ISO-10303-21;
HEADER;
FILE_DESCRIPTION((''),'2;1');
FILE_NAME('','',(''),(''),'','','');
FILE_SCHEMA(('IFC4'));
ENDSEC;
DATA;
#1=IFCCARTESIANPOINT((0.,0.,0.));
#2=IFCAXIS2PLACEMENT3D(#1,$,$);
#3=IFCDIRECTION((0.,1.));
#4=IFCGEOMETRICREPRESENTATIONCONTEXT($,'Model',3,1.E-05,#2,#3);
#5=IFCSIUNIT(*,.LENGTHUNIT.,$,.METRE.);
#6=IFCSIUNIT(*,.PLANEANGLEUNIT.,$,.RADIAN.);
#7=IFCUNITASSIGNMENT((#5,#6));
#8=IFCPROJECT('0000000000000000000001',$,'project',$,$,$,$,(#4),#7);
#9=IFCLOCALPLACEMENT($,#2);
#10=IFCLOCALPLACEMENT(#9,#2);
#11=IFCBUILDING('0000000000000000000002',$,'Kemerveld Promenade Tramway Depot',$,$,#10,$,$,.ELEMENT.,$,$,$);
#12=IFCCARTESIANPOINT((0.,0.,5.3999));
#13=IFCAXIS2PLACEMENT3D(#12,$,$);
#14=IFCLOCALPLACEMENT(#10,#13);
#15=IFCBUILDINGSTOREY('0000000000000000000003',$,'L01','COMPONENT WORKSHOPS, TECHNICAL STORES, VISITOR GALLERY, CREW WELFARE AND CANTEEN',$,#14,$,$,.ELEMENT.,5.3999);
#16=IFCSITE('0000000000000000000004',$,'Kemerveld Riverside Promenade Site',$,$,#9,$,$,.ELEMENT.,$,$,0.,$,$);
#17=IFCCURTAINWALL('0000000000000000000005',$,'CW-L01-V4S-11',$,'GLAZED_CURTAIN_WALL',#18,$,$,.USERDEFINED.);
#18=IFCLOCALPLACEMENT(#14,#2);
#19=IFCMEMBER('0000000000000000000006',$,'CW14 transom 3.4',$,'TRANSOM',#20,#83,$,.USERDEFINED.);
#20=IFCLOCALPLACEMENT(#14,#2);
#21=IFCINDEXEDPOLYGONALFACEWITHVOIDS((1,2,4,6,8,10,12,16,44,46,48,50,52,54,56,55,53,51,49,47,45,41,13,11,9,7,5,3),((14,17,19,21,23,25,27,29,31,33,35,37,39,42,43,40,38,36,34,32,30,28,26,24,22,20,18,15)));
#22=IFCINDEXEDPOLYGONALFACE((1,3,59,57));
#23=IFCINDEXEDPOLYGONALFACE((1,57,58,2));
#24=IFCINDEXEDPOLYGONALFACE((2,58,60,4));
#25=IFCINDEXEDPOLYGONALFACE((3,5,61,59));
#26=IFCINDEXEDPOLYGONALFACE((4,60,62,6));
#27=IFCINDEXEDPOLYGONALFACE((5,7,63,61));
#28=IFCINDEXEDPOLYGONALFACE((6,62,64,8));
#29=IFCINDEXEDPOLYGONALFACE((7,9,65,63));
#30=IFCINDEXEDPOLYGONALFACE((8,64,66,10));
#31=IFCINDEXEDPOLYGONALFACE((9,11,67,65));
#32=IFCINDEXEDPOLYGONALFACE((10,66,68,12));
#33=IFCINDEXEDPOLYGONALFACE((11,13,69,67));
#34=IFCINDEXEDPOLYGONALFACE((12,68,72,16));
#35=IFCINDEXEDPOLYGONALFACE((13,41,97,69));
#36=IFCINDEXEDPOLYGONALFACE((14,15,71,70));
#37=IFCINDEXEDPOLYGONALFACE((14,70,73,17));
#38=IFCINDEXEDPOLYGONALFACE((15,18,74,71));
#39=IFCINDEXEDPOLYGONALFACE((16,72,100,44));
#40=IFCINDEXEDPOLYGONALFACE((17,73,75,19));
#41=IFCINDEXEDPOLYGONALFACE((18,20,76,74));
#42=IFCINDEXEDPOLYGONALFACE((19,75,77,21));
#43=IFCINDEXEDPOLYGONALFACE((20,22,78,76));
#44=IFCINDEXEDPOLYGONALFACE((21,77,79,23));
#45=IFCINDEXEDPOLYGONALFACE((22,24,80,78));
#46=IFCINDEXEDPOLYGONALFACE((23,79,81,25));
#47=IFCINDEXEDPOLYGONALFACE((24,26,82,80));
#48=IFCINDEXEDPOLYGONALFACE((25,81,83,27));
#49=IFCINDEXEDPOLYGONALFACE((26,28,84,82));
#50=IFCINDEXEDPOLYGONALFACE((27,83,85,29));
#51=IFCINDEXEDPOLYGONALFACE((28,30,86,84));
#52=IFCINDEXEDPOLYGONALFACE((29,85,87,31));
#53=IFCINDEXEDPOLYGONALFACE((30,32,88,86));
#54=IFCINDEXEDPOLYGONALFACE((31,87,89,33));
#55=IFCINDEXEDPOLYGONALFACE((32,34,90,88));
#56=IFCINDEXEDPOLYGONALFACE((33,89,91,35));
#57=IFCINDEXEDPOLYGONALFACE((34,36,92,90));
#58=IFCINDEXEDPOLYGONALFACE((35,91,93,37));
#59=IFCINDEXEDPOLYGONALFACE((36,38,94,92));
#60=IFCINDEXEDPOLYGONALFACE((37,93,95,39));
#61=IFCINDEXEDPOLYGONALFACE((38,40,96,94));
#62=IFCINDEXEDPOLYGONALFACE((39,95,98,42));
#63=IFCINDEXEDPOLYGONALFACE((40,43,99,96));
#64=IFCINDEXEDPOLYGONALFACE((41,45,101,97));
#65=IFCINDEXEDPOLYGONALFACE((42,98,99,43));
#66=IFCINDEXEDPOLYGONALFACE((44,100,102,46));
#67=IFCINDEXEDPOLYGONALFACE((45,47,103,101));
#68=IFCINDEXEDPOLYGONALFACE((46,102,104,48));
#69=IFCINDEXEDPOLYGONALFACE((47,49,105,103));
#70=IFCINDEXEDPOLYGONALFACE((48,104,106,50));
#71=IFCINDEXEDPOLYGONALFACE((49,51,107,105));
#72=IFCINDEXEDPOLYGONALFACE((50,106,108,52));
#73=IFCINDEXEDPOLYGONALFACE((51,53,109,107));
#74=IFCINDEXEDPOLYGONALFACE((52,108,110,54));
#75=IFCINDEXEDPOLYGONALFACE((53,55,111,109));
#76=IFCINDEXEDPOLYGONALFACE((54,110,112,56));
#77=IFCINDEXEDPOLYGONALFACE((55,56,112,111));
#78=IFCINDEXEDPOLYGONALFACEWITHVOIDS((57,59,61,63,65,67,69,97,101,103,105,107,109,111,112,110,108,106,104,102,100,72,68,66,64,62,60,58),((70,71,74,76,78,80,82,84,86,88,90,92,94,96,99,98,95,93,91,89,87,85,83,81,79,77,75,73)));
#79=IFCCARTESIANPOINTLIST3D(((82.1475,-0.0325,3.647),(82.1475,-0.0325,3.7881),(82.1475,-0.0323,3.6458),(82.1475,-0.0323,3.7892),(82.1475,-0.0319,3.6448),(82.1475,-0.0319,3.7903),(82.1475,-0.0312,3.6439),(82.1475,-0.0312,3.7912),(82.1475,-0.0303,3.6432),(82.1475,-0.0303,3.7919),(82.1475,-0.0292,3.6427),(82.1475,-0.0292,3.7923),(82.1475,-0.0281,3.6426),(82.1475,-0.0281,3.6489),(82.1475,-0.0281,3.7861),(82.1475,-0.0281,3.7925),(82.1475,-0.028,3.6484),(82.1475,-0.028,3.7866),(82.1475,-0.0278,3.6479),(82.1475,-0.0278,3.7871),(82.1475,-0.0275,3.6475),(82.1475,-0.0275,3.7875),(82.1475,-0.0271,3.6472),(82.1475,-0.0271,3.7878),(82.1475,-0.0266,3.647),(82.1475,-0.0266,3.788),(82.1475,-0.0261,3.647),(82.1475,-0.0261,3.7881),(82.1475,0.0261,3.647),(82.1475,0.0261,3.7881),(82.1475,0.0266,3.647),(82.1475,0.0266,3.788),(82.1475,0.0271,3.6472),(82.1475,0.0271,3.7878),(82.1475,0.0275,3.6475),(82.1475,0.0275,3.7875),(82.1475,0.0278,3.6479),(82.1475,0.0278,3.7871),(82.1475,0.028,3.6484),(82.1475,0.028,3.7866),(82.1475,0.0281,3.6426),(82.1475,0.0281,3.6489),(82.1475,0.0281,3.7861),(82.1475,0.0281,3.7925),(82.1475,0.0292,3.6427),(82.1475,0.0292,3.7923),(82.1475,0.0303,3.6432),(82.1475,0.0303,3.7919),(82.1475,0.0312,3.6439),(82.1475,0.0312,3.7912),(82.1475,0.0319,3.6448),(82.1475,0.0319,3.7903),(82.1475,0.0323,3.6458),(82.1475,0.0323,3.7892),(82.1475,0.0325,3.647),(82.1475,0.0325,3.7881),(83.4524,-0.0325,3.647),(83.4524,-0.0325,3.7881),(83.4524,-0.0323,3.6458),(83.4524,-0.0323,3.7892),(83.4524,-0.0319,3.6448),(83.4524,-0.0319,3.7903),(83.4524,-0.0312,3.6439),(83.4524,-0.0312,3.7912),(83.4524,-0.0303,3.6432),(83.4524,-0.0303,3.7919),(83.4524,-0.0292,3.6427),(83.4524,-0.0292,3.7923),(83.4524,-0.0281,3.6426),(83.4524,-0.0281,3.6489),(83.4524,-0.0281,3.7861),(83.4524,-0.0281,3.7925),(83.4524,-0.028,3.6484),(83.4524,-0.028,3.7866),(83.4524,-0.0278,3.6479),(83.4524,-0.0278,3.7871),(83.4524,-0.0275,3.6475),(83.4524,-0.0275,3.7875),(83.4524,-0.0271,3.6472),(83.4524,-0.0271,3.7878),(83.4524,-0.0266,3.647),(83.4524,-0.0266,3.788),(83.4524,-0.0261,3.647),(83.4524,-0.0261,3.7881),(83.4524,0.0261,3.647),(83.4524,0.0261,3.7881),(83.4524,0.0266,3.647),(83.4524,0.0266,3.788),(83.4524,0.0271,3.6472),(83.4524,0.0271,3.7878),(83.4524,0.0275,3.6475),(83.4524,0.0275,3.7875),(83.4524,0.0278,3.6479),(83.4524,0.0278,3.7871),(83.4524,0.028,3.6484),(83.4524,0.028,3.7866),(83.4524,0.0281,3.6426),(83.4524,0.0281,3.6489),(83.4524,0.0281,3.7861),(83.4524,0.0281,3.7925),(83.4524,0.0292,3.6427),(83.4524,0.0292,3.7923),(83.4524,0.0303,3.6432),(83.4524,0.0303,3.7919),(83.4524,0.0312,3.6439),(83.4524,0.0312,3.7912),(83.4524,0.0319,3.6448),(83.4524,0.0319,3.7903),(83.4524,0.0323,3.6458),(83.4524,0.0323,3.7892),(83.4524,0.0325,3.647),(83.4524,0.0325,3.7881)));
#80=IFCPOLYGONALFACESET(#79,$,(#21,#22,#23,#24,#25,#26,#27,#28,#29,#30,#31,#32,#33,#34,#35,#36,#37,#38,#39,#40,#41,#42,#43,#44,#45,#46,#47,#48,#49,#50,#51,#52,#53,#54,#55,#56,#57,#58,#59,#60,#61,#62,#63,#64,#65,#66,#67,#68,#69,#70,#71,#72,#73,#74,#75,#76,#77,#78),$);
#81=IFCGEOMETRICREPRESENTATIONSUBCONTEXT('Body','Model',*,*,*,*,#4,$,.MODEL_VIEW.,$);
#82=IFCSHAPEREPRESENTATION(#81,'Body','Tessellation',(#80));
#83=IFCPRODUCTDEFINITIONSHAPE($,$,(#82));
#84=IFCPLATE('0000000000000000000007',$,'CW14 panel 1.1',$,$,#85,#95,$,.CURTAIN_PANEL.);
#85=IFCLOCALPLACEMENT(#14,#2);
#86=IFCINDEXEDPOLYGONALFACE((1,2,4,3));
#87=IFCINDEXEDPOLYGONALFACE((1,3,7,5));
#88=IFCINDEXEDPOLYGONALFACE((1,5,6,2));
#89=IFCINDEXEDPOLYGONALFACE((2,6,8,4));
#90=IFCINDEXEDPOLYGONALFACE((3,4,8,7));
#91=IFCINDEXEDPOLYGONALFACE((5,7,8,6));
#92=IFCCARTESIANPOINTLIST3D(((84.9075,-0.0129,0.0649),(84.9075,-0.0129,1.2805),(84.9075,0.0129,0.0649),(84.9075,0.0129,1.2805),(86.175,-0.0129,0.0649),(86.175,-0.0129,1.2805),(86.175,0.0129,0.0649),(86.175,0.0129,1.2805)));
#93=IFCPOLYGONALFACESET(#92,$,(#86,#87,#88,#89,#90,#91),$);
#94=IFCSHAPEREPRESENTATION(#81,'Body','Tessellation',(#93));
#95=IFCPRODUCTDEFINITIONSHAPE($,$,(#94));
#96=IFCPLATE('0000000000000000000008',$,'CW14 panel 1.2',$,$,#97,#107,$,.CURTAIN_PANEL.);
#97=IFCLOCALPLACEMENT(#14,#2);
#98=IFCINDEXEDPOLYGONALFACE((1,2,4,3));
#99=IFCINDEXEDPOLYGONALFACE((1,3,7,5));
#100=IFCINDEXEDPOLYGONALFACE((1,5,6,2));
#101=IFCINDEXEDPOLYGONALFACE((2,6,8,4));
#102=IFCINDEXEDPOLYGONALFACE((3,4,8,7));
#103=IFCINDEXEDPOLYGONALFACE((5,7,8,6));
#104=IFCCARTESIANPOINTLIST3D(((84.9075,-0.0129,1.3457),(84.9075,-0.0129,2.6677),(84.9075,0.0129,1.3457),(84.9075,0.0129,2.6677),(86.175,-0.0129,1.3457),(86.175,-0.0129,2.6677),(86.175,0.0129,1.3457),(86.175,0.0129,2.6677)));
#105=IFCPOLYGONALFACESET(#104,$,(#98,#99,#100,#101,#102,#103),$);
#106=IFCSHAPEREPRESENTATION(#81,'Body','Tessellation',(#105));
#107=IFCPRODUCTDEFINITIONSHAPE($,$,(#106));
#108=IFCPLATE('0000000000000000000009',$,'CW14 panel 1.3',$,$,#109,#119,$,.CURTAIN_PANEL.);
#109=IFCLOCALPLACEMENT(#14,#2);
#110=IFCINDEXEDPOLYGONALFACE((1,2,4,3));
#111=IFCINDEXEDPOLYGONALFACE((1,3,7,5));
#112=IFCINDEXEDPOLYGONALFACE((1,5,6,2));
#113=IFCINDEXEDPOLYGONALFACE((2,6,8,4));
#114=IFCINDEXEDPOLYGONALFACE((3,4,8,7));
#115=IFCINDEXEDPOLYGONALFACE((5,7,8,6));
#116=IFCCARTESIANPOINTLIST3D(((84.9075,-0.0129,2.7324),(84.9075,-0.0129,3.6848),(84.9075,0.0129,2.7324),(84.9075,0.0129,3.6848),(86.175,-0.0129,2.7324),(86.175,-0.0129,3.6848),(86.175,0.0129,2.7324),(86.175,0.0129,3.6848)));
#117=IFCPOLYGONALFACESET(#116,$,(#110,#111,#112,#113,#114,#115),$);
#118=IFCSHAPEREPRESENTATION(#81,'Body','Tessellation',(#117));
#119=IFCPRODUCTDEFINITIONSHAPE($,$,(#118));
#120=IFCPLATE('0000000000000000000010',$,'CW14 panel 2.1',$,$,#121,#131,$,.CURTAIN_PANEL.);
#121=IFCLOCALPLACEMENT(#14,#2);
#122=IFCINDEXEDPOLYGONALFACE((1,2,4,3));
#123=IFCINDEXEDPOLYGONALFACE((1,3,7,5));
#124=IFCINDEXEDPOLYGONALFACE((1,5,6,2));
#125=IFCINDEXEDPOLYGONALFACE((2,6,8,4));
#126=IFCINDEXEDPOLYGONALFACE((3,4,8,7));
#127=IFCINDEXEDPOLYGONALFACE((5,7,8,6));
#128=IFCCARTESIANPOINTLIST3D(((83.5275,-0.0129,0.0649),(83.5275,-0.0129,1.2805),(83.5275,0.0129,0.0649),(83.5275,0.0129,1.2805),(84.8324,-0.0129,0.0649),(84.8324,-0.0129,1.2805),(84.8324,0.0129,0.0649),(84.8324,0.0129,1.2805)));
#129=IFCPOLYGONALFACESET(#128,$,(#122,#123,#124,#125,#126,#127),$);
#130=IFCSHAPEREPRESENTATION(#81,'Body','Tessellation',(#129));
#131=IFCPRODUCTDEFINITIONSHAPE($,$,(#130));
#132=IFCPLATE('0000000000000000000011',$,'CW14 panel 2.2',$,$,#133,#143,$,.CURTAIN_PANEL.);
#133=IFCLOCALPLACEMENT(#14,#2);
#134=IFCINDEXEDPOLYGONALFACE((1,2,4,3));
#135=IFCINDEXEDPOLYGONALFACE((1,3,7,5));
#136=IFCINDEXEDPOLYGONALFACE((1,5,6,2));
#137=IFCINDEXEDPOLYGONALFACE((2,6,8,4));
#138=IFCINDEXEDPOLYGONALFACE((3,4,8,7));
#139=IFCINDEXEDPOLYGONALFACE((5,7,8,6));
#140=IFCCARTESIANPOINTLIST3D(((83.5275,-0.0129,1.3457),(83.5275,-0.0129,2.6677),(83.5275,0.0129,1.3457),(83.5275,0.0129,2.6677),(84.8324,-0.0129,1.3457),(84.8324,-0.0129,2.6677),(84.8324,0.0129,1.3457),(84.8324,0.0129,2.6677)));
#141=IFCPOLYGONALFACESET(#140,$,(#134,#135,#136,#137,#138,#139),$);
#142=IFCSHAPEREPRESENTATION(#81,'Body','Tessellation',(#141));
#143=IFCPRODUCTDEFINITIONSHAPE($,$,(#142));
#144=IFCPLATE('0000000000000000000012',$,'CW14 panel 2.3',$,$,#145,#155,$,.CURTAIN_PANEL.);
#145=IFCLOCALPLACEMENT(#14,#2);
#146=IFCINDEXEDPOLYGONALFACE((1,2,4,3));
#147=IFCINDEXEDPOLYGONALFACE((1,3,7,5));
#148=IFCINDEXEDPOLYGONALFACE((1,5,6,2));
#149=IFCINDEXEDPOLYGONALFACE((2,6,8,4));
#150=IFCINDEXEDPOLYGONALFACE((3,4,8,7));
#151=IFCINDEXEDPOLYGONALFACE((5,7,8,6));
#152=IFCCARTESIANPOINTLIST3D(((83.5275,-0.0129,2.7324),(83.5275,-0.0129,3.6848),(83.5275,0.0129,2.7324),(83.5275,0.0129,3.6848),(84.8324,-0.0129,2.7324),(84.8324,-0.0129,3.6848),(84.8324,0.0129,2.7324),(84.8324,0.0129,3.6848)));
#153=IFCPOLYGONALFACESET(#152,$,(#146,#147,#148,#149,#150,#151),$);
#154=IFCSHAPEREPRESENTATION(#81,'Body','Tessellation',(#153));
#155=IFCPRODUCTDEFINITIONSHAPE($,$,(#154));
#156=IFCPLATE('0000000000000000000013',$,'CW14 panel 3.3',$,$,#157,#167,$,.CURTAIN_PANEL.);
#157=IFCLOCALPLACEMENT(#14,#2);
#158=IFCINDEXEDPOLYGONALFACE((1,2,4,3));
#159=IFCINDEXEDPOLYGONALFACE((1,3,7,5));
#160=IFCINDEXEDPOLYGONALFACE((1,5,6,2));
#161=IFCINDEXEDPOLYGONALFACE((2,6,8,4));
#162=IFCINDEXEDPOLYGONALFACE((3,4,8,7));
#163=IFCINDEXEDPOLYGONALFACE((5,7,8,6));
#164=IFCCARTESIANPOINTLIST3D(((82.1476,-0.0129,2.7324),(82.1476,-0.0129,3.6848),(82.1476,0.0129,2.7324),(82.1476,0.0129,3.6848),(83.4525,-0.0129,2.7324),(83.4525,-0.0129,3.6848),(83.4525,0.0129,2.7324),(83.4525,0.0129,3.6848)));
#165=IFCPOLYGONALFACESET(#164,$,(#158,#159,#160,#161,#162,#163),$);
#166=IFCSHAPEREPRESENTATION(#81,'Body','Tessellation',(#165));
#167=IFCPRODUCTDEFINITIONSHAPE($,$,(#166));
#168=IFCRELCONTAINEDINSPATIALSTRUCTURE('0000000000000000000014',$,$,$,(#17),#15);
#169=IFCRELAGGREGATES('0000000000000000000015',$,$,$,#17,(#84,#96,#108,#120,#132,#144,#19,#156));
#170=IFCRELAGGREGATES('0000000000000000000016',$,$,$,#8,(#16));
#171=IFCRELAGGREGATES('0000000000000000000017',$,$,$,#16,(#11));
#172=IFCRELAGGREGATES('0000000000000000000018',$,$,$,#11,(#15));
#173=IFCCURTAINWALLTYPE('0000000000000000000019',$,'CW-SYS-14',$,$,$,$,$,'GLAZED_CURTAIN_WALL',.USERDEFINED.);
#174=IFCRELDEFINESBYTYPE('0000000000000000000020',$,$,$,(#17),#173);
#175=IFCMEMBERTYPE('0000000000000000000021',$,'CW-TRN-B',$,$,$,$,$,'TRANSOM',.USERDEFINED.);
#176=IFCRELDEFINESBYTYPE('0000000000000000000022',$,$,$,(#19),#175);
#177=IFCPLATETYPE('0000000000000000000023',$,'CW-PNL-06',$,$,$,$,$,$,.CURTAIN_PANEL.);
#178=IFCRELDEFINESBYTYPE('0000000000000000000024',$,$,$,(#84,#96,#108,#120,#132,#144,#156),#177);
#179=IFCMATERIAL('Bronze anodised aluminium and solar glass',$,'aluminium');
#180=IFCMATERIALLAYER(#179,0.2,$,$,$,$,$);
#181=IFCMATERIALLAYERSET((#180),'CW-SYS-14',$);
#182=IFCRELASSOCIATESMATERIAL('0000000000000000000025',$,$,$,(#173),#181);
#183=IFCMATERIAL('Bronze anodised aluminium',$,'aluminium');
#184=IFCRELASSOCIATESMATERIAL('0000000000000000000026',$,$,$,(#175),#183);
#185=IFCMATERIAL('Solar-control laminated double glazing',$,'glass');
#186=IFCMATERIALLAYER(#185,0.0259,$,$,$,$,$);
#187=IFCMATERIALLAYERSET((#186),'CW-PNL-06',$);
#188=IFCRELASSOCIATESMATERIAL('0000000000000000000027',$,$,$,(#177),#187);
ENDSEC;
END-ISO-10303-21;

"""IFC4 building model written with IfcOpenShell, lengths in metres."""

from ifc_helpers import new_model, si_unit, direction, frame, origin, origin_2d, place, context, subcontext, project, spatial, rectangle, hollow_rectangle, extrude, material, layer, layer_set, material_profile, profile_set, type_object, element, aggregate, save


model = new_model("IFC4")

# Units and contexts
model_context = context("Model", 3, precision=1e-05, world=origin(), true_north=direction((0.0, 1.0)))
body_context = subcontext(model_context, "Body", "Model", "MODEL_VIEW")
ifc_project = project(units=[si_unit("LENGTHUNIT", "METRE"), si_unit("PLANEANGLEUNIT", "RADIAN")], contexts=[model_context])

# Site, building, storey
site_placement = place(None, origin())
site = spatial("IfcSite", under=ifc_project, at=site_placement, Name="Kemerveld Riverside Promenade Site", CompositionType="ELEMENT", RefElevation=0.0)
building_placement = place(site_placement, origin())
building = spatial("IfcBuilding", under=site, at=building_placement, Name="Kemerveld Promenade Tramway Depot", CompositionType="ELEMENT")
storey_placement = place(building_placement, frame((0.0, 0.0, 5.3999)))
storey = spatial("IfcBuildingStorey", under=building, at=storey_placement, Name="L01", Description="COMPONENT WORKSHOPS, TECHNICAL STORES, VISITOR GALLERY, CREW WELFARE AND CANTEEN", CompositionType="ELEMENT", Elevation=5.3999)

# Curtain wall, member, plates
ifc_material_1 = material(Name="Bronze anodised aluminium and solar glass", Category="aluminium")
ifc_layer_1 = layer(ifc_material_1, 0.2)
ifc_layer_set_1 = layer_set([ifc_layer_1], Name="CW-SYS-14")
curtain_wall_type = type_object("IfcCurtainWallType", Name="CW-SYS-14", ElementType="GLAZED_CURTAIN_WALL", PredefinedType="USERDEFINED", material=ifc_layer_set_1)
curtain_wall_placement = place(storey_placement, origin())
curtain_wall = element("IfcCurtainWall", 1, at=curtain_wall_placement, inside=storey, type_object=curtain_wall_type, Name="CW-L01-V4S-11", ObjectType="GLAZED_CURTAIN_WALL", PredefinedType="USERDEFINED")
ifc_material_2 = material(Name="Bronze anodised aluminium", Category="aluminium")
ifc_material_profile_1 = material_profile(ifc_material_2, hollow_rectangle(XDim=0.0649, YDim=0.1499, WallThickness=0.0044, InnerFilletRadius=0.002, OuterFilletRadius=0.0044, at=origin_2d()), Name="CW-TRN-150x65")
ifc_profile_set_1 = profile_set([ifc_material_profile_1], Name="Bronze anodised aluminium")
member_type_1 = type_object("IfcMemberType", Name="CW-TRN-B", ElementType="TRANSOM", PredefinedType="USERDEFINED", material=ifc_profile_set_1)
member_1_placement = place(storey_placement, frame((83.4524, 0.0, 3.7175), z_axis=(-1.0, 0.0, 0.0), x_axis=(0.0, -1.0, 0.0)))
member_1 = element("IfcMember", 2, at=member_1_placement, type_object=member_type_1, Name="CW14 transom 3.4", ObjectType="TRANSOM", PredefinedType="USERDEFINED", context=body_context, shape_type="SweptSolid", body=[
    extrude(hollow_rectangle(XDim=0.0649, YDim=0.1499, WallThickness=0.0044, InnerFilletRadius=0.002, OuterFilletRadius=0.0044, at=origin_2d()), origin(), (0.0, 0.0, 1.0), 1.3049),
])
ifc_material_3 = material(Name="Solar-control laminated double glazing", Category="glass")
ifc_layer_2 = layer(ifc_material_3, 0.0259)
ifc_layer_set_2 = layer_set([ifc_layer_2], Name="CW-PNL-06")
plate_type = type_object("IfcPlateType", Name="CW-PNL-06", PredefinedType="CURTAIN_PANEL", material=ifc_layer_set_2)
plate_1_placement = place(storey_placement, frame((85.5413, 0.0, 0.0649), z_axis=(0.0, 0.0, 1.0), x_axis=(-1.0, 0.0, 0.0)))
plate_1 = element("IfcPlate", 3, at=plate_1_placement, type_object=plate_type, Name="CW14 panel 1.1", PredefinedType="CURTAIN_PANEL", context=body_context, shape_type="SweptSolid", body=[
    extrude(rectangle(XDim=1.2676, YDim=0.0259, at=origin_2d()), origin(), (0.0, 0.0, 1.0), 1.2156),
])
plate_2_placement = place(storey_placement, frame((85.5413, 0.0, 1.3457), z_axis=(0.0, 0.0, 1.0), x_axis=(-1.0, 0.0, 0.0)))
plate_2 = element("IfcPlate", 4, at=plate_2_placement, type_object=plate_type, Name="CW14 panel 1.2", PredefinedType="CURTAIN_PANEL", context=body_context, shape_type="SweptSolid", body=[
    extrude(rectangle(XDim=1.2676, YDim=0.0259, at=origin_2d()), origin(), (0.0, 0.0, 1.0), 1.322),
])
plate_3_placement = place(storey_placement, frame((85.5413, 0.0, 2.7324), z_axis=(0.0, 0.0, 1.0), x_axis=(-1.0, 0.0, 0.0)))
plate_3 = element("IfcPlate", 5, at=plate_3_placement, type_object=plate_type, Name="CW14 panel 1.3", PredefinedType="CURTAIN_PANEL", context=body_context, shape_type="SweptSolid", body=[
    extrude(rectangle(XDim=1.2676, YDim=0.0259, at=origin_2d()), origin(), (0.0, 0.0, 1.0), 0.9524),
])
plate_4_placement = place(storey_placement, frame((84.1799, 0.0, 0.0649), z_axis=(0.0, 0.0, 1.0), x_axis=(-1.0, 0.0, 0.0)))
plate_4 = element("IfcPlate", 6, at=plate_4_placement, type_object=plate_type, Name="CW14 panel 2.1", PredefinedType="CURTAIN_PANEL", context=body_context, shape_type="SweptSolid", body=[
    extrude(rectangle(XDim=1.3049, YDim=0.0259, at=origin_2d()), origin(), (0.0, 0.0, 1.0), 1.2156),
])
plate_5_placement = place(storey_placement, frame((84.1799, 0.0, 1.3457), z_axis=(0.0, 0.0, 1.0), x_axis=(-1.0, 0.0, 0.0)))
plate_5 = element("IfcPlate", 7, at=plate_5_placement, type_object=plate_type, Name="CW14 panel 2.2", PredefinedType="CURTAIN_PANEL", context=body_context, shape_type="SweptSolid", body=[
    extrude(rectangle(XDim=1.3049, YDim=0.0259, at=origin_2d()), origin(), (0.0, 0.0, 1.0), 1.322),
])
plate_6_placement = place(storey_placement, frame((84.1799, 0.0, 2.7324), z_axis=(0.0, 0.0, 1.0), x_axis=(-1.0, 0.0, 0.0)))
plate_6 = element("IfcPlate", 8, at=plate_6_placement, type_object=plate_type, Name="CW14 panel 2.3", PredefinedType="CURTAIN_PANEL", context=body_context, shape_type="SweptSolid", body=[
    extrude(rectangle(XDim=1.3049, YDim=0.0259, at=origin_2d()), origin(), (0.0, 0.0, 1.0), 0.9524),
])
plate_7_placement = place(storey_placement, frame((82.8, 0.0, 2.7324), z_axis=(0.0, 0.0, 1.0), x_axis=(-1.0, 0.0, 0.0)))
plate_7 = element("IfcPlate", 9, at=plate_7_placement, type_object=plate_type, Name="CW14 panel 3.3", PredefinedType="CURTAIN_PANEL", context=body_context, shape_type="SweptSolid", body=[
    extrude(rectangle(XDim=1.3049, YDim=0.0259, at=origin_2d()), origin(), (0.0, 0.0, 1.0), 0.9524),
])
aggregate(curtain_wall, [plate_1, plate_2, plate_3, plate_4, plate_5, plate_6, member_1, plate_7])

save(model, "model.ifc")
